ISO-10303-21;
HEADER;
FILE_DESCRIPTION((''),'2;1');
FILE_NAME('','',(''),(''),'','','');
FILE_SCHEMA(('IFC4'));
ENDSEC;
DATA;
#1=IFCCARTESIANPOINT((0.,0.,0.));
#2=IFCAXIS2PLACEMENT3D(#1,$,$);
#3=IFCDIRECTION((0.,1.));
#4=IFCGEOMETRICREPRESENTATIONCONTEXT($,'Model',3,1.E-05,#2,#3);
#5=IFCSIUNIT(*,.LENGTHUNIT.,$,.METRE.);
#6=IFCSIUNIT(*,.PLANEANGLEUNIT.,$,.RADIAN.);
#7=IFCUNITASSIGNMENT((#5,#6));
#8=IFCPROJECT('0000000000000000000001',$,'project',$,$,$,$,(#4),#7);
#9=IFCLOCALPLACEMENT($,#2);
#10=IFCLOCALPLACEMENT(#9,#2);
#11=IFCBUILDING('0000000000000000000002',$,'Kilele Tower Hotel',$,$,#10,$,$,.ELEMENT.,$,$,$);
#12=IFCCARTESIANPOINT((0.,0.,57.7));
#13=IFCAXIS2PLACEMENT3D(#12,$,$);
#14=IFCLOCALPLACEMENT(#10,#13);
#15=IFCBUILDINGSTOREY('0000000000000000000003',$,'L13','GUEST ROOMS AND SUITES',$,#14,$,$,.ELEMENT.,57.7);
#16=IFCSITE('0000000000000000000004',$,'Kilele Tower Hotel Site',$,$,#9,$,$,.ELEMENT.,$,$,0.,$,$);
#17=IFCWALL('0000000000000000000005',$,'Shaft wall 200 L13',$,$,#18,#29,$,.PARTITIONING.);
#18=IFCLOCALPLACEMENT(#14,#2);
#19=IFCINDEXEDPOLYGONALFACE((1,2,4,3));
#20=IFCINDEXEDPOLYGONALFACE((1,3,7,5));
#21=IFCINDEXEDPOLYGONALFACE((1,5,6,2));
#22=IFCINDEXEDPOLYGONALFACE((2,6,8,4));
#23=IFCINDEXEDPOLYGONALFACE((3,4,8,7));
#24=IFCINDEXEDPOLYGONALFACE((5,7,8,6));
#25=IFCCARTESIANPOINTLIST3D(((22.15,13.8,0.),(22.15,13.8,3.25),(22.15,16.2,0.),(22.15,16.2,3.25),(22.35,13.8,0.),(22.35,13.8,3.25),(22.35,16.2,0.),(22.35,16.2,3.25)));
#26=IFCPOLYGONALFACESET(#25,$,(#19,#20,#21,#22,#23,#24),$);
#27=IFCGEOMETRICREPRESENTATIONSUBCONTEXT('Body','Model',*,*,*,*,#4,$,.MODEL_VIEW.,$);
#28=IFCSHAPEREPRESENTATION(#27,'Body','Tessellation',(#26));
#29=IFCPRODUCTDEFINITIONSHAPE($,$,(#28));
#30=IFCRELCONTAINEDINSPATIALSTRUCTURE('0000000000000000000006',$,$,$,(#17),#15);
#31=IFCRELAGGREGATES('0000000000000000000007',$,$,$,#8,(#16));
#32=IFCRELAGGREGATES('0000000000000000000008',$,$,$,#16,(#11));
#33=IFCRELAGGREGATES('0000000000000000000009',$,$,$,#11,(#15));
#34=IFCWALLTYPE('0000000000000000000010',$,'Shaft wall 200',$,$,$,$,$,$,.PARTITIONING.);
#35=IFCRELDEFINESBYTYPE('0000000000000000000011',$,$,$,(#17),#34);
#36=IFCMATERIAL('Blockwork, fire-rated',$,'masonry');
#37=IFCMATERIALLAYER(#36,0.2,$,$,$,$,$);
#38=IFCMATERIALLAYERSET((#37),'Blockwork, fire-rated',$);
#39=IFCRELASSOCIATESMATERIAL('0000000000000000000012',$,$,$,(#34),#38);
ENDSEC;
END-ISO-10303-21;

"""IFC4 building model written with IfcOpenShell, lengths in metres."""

from ifc_helpers import new_model, si_unit, direction, frame, frame_2d, origin, place, context, subcontext, project, spatial, rectangle, extrude, material, layer, layer_set, type_object, element, save


model = new_model("IFC4")

# Units and contexts
model_context = context("Model", 3, precision=1e-05, world=origin(), true_north=direction((0.0, 1.0)))
body_context = subcontext(model_context, "Body", "Model", "MODEL_VIEW")
ifc_project = project(units=[si_unit("LENGTHUNIT", "METRE"), si_unit("PLANEANGLEUNIT", "RADIAN")], contexts=[model_context])

# Site, building, storey
site_placement = place(None, origin())
site = spatial("IfcSite", under=ifc_project, at=site_placement, Name="Kilele Tower Hotel Site", CompositionType="ELEMENT", RefElevation=0.0)
building_placement = place(site_placement, origin())
building = spatial("IfcBuilding", under=site, at=building_placement, Name="Kilele Tower Hotel", CompositionType="ELEMENT")
storey_placement = place(building_placement, frame((0.0, 0.0, 57.7)))
storey = spatial("IfcBuildingStorey", under=building, at=storey_placement, Name="L13", Description="GUEST ROOMS AND SUITES", CompositionType="ELEMENT", Elevation=57.7)

# Wall
ifc_material_1 = material(Name="Blockwork, fire-rated", Category="masonry")
ifc_layer_1 = layer(ifc_material_1, 0.2)
ifc_layer_set_1 = layer_set([ifc_layer_1], Name="Blockwork, fire-rated")
wall_type_1 = type_object("IfcWallType", Name="Shaft wall 200", PredefinedType="PARTITIONING", material=ifc_layer_set_1)
for number, where, z_axis, x_axis, name in (
    (1, (22.25, 13.8, 0.0), (0.0, 0.0, 1.0), (0.0, 1.0, 0.0), "Shaft wall 200 L13"),
):
    element("IfcWall", number, at=place(storey_placement, frame(where, z_axis=z_axis, x_axis=x_axis)), inside=storey, type_object=wall_type_1, Name=name, PredefinedType="PARTITIONING", context=body_context, shape_type="SweptSolid", body=[
        extrude(rectangle(XDim=2.3999, YDim=0.2, at=frame_2d((1.2, 0.0))), origin(), (0.0, 0.0, 1.0), 3.25),
    ])

save(model, "model.ifc")
